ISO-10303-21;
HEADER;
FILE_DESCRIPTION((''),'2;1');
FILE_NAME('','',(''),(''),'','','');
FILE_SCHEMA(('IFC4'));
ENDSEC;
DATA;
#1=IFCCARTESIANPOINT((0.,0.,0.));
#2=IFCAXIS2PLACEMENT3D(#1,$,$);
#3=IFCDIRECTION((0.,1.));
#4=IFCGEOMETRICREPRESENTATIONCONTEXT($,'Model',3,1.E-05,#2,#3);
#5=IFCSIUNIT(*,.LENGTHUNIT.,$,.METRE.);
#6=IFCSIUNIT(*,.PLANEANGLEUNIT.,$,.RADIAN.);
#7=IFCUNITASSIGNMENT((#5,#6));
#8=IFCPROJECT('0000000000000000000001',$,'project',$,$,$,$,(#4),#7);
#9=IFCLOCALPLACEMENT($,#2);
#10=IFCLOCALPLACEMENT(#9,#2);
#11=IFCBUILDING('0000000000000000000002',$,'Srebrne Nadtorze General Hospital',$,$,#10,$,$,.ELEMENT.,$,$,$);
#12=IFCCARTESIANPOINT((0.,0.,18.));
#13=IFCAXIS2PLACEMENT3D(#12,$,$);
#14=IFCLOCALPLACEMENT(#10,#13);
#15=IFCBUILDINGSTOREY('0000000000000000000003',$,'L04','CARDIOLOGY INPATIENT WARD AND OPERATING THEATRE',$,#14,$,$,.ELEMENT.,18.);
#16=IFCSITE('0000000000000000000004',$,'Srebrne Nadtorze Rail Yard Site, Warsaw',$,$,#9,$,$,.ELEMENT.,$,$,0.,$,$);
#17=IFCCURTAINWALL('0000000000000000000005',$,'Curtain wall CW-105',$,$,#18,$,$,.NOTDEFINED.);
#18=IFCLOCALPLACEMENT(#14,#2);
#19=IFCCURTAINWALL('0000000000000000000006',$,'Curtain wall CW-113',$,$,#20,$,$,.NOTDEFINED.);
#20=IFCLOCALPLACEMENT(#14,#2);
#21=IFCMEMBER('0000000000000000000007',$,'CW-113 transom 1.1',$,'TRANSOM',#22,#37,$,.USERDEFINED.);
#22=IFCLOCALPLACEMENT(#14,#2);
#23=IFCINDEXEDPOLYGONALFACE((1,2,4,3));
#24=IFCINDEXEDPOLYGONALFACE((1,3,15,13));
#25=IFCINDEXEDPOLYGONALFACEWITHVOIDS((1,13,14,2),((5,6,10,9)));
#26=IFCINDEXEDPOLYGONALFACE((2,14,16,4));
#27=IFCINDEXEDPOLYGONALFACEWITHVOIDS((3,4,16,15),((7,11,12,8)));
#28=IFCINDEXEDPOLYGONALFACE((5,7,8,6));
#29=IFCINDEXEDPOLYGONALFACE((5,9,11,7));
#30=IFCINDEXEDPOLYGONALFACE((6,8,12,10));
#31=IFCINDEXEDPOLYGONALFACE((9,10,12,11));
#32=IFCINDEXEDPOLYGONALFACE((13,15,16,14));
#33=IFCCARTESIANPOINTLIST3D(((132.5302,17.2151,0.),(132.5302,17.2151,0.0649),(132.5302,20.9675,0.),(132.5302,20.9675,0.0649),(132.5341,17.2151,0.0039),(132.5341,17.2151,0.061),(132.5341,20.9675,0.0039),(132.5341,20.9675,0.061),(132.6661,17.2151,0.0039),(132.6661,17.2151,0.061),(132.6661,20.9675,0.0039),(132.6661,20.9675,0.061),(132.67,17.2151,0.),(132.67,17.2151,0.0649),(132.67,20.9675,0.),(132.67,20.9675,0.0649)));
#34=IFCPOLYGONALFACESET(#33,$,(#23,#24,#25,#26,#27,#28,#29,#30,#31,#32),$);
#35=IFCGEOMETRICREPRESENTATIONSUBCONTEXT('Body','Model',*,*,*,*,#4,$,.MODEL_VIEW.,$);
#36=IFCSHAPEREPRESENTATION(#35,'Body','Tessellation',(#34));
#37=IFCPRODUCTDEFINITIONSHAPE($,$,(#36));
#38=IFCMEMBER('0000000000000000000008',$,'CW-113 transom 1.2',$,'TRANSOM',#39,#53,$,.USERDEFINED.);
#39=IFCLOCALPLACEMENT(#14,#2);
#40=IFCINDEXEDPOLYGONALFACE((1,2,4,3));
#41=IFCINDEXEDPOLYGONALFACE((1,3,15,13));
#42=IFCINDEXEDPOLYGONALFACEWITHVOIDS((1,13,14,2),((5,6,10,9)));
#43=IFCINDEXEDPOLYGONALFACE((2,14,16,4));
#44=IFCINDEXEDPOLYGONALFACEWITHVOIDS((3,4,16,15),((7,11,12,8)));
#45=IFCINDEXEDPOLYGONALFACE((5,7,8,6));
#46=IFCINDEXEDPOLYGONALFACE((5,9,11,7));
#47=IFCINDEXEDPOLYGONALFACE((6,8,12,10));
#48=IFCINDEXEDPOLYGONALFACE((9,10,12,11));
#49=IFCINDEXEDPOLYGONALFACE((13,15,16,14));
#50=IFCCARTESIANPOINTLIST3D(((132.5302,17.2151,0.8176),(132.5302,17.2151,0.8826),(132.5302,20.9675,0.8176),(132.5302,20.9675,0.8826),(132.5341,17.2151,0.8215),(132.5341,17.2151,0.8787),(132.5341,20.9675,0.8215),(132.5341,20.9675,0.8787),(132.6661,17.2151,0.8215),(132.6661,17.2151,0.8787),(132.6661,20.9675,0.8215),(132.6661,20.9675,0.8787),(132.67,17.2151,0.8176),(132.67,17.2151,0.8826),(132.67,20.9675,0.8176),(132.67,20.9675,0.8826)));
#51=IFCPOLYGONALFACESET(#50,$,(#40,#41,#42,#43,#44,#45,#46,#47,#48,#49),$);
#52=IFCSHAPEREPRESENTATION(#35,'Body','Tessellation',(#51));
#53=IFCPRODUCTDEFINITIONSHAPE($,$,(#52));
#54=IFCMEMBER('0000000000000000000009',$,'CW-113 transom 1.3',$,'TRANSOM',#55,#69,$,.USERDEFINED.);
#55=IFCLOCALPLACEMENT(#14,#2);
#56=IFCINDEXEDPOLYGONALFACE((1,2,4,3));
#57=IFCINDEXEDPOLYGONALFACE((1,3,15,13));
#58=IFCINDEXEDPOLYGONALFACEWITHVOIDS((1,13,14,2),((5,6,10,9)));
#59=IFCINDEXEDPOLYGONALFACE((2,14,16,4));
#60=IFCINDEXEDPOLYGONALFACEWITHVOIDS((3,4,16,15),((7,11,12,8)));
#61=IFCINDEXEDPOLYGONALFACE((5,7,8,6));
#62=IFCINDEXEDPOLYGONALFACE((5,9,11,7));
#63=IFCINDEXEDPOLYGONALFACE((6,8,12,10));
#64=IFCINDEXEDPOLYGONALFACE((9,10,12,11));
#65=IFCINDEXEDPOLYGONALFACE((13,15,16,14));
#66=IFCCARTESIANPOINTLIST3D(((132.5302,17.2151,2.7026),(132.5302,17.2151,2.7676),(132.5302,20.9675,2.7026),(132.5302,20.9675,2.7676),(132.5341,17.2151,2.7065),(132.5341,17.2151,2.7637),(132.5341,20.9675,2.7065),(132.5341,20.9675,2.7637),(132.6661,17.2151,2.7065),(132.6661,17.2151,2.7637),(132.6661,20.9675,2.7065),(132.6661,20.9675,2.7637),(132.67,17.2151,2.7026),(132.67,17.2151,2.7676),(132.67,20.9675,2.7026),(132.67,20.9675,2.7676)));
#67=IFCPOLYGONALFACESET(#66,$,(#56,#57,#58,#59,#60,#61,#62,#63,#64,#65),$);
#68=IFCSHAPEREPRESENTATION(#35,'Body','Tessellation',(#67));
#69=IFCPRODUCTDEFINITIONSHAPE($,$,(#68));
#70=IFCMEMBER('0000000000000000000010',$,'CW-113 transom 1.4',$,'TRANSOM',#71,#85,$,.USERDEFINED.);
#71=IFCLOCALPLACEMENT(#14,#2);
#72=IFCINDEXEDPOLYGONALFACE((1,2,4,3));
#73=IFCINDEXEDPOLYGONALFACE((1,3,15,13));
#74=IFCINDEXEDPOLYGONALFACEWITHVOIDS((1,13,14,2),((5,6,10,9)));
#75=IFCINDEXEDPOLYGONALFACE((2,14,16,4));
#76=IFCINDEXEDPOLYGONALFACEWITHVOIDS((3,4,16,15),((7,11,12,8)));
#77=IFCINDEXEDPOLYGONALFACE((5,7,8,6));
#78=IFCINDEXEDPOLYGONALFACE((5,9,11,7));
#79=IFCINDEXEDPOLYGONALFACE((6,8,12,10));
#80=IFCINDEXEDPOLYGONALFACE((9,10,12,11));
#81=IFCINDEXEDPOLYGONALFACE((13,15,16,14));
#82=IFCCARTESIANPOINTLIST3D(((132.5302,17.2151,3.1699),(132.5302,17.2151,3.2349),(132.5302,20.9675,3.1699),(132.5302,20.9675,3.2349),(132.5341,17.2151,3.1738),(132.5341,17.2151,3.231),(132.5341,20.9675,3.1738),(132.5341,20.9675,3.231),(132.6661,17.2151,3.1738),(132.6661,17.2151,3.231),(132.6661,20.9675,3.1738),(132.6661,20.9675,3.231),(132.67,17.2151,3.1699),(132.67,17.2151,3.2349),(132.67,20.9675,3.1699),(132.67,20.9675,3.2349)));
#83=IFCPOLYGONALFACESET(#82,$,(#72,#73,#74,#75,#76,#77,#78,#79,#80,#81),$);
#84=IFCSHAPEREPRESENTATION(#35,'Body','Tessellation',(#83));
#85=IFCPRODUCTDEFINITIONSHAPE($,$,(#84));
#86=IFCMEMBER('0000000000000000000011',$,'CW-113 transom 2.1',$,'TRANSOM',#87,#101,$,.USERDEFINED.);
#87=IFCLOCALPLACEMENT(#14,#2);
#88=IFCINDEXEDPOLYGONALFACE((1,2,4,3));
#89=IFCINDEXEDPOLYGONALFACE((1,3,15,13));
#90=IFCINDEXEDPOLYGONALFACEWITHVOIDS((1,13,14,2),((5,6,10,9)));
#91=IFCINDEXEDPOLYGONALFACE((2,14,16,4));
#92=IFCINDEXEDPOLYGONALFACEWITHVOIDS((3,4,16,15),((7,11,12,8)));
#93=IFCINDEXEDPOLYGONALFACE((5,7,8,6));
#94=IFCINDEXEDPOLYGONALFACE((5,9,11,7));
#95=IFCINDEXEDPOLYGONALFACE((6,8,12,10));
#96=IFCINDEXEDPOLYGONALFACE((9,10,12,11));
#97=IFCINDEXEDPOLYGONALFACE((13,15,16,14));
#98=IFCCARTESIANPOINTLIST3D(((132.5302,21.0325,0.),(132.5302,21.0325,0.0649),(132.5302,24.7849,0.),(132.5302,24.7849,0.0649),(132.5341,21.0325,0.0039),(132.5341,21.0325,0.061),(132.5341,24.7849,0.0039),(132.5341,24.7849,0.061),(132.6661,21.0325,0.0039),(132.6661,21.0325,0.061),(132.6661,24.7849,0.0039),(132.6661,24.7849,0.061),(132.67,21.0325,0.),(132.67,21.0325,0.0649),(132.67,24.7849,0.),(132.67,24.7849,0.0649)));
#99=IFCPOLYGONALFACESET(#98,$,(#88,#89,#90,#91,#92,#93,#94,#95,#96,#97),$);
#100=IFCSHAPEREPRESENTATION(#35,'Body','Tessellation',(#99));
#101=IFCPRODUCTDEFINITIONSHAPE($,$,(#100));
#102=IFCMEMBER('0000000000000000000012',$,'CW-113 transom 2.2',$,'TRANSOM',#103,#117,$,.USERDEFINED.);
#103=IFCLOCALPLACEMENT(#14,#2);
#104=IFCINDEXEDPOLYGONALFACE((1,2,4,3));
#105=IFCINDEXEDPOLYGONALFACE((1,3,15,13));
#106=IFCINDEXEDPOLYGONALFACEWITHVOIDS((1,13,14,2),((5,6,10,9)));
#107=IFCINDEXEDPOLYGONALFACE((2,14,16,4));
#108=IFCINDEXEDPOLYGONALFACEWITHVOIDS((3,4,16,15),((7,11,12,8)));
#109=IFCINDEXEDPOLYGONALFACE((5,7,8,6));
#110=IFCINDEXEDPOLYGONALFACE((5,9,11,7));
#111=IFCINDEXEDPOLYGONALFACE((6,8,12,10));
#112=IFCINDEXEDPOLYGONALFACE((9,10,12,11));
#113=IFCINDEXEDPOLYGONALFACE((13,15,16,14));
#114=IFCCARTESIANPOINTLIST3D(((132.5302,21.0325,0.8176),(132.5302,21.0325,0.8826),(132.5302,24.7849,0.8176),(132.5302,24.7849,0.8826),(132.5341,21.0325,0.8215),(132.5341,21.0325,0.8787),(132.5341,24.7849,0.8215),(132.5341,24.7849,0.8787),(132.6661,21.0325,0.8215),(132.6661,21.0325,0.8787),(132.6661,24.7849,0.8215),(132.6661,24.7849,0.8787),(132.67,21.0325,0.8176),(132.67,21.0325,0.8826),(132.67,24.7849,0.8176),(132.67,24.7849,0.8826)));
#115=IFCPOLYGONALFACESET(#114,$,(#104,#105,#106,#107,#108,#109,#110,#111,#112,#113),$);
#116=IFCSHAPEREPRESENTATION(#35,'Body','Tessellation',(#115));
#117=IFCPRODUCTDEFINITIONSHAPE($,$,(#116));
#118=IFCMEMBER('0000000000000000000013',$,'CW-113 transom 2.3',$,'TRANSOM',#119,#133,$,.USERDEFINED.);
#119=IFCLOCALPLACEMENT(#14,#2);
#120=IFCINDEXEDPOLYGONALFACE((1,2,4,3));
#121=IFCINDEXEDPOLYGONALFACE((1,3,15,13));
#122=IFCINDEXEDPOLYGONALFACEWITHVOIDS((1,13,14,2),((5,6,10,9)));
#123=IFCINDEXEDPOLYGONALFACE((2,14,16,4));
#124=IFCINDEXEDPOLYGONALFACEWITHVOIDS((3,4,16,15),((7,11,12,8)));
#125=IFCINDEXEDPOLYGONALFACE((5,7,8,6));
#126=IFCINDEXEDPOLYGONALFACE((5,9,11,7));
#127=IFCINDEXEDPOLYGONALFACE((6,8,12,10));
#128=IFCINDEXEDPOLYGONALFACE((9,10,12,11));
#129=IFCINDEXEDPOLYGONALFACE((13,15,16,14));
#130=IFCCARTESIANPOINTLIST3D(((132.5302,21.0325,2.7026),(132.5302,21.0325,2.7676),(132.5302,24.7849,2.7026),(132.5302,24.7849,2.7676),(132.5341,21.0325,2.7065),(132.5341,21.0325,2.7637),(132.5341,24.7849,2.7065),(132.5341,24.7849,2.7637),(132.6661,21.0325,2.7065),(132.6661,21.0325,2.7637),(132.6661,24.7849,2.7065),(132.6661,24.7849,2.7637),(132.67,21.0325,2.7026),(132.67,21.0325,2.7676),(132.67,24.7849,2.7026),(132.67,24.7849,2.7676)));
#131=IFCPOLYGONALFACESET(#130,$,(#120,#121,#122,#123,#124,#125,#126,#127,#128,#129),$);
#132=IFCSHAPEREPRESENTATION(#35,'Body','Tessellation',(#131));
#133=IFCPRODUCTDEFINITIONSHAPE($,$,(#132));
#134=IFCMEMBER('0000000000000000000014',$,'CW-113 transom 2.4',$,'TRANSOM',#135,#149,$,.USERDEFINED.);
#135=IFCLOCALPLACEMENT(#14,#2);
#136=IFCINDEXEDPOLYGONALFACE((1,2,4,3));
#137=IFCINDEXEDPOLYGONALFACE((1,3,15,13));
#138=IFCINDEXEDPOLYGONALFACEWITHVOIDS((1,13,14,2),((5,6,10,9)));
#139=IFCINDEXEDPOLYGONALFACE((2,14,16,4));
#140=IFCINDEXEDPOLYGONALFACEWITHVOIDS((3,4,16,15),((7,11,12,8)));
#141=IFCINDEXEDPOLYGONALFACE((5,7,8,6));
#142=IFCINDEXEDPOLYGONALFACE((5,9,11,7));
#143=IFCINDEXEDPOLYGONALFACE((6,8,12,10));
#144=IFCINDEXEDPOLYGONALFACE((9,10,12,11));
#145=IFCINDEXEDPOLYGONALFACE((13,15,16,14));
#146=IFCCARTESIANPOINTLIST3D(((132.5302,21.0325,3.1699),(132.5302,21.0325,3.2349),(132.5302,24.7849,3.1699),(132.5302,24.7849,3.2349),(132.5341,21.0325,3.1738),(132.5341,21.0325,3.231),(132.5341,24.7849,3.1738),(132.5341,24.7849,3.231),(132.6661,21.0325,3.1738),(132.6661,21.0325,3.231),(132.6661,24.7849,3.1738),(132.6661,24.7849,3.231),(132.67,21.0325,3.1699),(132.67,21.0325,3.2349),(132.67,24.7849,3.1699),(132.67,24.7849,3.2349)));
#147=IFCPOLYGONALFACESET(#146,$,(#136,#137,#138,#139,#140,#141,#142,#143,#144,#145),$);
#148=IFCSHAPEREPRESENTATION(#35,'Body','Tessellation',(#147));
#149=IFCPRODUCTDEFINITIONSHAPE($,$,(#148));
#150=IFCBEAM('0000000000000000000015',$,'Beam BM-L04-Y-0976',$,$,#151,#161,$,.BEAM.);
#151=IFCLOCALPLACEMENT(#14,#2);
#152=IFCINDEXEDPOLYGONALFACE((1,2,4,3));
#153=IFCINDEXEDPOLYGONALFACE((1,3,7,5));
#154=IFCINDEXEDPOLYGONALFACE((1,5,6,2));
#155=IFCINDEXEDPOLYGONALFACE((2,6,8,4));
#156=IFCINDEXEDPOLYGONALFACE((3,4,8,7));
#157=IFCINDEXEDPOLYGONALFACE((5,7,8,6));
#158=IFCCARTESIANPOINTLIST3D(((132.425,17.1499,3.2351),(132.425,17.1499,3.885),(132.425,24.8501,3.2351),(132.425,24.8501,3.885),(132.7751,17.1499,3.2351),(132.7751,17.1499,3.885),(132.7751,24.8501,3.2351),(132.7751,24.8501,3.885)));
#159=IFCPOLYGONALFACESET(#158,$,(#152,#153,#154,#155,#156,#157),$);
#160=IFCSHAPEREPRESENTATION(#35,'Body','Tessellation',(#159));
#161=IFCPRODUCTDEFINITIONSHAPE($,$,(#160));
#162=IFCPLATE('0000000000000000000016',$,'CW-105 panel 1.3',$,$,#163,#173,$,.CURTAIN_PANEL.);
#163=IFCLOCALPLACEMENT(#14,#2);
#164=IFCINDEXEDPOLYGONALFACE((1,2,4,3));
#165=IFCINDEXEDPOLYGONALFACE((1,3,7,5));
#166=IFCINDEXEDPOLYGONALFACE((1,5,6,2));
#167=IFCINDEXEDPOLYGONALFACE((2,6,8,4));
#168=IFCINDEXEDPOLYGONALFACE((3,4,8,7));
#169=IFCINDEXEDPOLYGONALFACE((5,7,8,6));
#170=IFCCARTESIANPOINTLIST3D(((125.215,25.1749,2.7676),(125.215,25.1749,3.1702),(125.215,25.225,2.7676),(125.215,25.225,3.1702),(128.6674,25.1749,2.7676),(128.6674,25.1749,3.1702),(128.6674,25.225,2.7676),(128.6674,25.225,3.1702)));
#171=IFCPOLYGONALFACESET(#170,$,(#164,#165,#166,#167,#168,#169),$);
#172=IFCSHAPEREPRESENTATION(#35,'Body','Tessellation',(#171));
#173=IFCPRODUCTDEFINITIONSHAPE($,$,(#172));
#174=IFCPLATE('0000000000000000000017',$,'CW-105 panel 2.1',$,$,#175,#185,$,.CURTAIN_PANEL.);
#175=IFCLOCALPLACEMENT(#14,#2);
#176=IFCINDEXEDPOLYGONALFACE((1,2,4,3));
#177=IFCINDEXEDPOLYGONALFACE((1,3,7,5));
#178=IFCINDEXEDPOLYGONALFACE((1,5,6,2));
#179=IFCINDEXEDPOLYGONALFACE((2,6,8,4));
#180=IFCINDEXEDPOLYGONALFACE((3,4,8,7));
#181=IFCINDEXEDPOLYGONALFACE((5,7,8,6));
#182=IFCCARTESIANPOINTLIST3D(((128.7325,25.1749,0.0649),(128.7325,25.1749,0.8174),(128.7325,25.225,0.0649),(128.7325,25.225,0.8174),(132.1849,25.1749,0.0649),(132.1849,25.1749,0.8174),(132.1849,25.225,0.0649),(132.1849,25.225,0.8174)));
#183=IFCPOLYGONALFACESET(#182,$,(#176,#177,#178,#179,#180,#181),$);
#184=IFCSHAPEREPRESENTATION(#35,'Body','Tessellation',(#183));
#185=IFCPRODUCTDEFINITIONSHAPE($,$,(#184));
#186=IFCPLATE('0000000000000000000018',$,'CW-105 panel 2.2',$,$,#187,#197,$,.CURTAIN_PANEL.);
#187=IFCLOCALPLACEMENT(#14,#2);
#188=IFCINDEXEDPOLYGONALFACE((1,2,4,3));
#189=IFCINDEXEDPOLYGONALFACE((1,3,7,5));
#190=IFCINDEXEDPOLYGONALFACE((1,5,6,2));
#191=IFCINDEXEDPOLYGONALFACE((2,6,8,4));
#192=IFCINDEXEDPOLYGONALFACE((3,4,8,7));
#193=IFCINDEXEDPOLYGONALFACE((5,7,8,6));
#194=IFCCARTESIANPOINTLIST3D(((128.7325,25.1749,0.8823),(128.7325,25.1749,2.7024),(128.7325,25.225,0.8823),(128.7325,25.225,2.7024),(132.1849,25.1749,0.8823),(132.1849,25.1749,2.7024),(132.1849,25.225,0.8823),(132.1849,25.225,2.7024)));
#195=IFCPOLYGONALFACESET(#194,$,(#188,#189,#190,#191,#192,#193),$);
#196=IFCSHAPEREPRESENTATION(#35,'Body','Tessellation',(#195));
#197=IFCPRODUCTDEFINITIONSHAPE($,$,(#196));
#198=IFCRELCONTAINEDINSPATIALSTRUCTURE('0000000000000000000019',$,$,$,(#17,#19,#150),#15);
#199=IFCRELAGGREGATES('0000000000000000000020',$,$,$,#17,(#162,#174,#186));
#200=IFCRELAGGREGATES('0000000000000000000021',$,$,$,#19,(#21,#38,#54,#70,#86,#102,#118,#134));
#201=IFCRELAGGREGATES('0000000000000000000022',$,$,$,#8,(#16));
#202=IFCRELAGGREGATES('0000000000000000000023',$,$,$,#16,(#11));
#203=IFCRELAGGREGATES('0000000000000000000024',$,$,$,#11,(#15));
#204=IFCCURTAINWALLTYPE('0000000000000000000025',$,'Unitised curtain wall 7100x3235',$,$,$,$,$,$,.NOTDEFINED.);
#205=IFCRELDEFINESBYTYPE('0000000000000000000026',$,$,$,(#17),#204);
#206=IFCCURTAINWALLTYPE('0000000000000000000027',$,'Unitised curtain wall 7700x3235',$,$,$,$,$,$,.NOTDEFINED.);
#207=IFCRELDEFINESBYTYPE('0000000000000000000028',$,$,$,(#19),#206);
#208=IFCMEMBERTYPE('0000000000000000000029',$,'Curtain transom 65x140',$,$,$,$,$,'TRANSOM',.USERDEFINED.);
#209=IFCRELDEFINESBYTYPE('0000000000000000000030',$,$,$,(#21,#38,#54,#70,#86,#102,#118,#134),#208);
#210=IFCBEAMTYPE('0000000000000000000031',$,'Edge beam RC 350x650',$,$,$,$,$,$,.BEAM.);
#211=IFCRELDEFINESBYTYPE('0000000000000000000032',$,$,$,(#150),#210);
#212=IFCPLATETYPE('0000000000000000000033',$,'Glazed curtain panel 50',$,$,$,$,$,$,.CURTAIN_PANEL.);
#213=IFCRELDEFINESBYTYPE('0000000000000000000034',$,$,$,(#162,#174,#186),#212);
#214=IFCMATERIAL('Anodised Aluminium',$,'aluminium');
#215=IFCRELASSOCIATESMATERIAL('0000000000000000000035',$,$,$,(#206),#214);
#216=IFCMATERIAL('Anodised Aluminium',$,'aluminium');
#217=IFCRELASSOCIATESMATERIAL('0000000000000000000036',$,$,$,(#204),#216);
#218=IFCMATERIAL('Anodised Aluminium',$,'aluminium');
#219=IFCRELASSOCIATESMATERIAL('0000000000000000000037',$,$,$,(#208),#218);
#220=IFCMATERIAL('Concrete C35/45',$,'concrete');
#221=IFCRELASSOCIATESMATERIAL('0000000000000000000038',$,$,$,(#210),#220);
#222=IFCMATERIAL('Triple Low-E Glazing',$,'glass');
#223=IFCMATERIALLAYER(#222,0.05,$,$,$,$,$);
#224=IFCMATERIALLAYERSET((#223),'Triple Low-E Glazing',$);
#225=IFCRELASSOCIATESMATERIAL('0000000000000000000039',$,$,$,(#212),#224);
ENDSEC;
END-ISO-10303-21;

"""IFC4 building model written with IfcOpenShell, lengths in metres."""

from ifc_helpers import new_model, si_unit, direction, frame, origin, origin_2d, place, context, subcontext, project, spatial, rectangle, hollow_rectangle, extrude, material, layer, layer_set, material_profile, profile_set, type_object, element, aggregate, save


model = new_model("IFC4")

# Units and contexts
model_context = context("Model", 3, precision=1e-05, world=origin(), true_north=direction((0.0, 1.0)))
body_context = subcontext(model_context, "Body", "Model", "MODEL_VIEW")
ifc_project = project(units=[si_unit("LENGTHUNIT", "METRE"), si_unit("PLANEANGLEUNIT", "RADIAN")], contexts=[model_context])

# Site, building, storey
site_placement = place(None, origin())
site = spatial("IfcSite", under=ifc_project, at=site_placement, Name="Srebrne Nadtorze Rail Yard Site, Warsaw", CompositionType="ELEMENT", RefElevation=0.0)
building_placement = place(site_placement, origin())
building = spatial("IfcBuilding", under=site, at=building_placement, Name="Srebrne Nadtorze General Hospital", CompositionType="ELEMENT")
storey_placement = place(building_placement, frame((0.0, 0.0, 18.0)))
storey = spatial("IfcBuildingStorey", under=building, at=storey_placement, Name="L04", Description="CARDIOLOGY INPATIENT WARD AND OPERATING THEATRE", CompositionType="ELEMENT", Elevation=18.0)

# Shared definitions
ifc_material_1 = material(Name="Anodised Aluminium", Category="aluminium")
curtain_wall_type_1 = type_object("IfcCurtainWallType", Name="Unitised curtain wall 7700x3235", PredefinedType="NOTDEFINED", material=ifc_material_1)

# Curtain walls
ifc_material_2 = material(Name="Anodised Aluminium", Category="aluminium")
curtain_wall_type_2 = type_object("IfcCurtainWallType", Name="Unitised curtain wall 7100x3235", PredefinedType="NOTDEFINED", material=ifc_material_2)
curtain_wall_1_placement = place(storey_placement, origin())
curtain_wall_1 = element("IfcCurtainWall", 1, at=curtain_wall_1_placement, inside=storey, type_object=curtain_wall_type_2, Name="Curtain wall CW-105", PredefinedType="NOTDEFINED")
curtain_wall_2_placement = place(storey_placement, origin())
curtain_wall_2 = element("IfcCurtainWall", 2, at=curtain_wall_2_placement, inside=storey, type_object=curtain_wall_type_1, Name="Curtain wall CW-113", PredefinedType="NOTDEFINED")

# Members
ifc_material_3 = material(Name="Anodised Aluminium", Category="aluminium")
ifc_material_profile_1 = material_profile(ifc_material_3, hollow_rectangle(XDim=0.0649, YDim=0.1399, WallThickness=0.0039, at=origin_2d()), Name="AL-TRN-65x140")
ifc_profile_set_1 = profile_set([ifc_material_profile_1], Name="Anodised Aluminium")
member_type_1 = type_object("IfcMemberType", Name="Curtain transom 65x140", ElementType="TRANSOM", PredefinedType="USERDEFINED", material=ifc_profile_set_1)
member_1_placement = place(storey_placement, frame((132.6001, 17.2151, 0.0325), z_axis=(0.0, 1.0, 0.0), x_axis=(0.0, 0.0, 1.0)))
member_1 = element("IfcMember", 3, at=member_1_placement, type_object=member_type_1, Name="CW-113 transom 1.1", ObjectType="TRANSOM", PredefinedType="USERDEFINED", context=body_context, shape_type="SweptSolid", body=[
    extrude(hollow_rectangle(XDim=0.0649, YDim=0.1399, WallThickness=0.0039, at=origin_2d()), origin(), (0.0, 0.0, 1.0), 3.7524),
])
member_2_placement = place(storey_placement, frame((132.6001, 17.2151, 0.8501), z_axis=(0.0, 1.0, 0.0), x_axis=(0.0, 0.0, 1.0)))
member_2 = element("IfcMember", 4, at=member_2_placement, type_object=member_type_1, Name="CW-113 transom 1.2", ObjectType="TRANSOM", PredefinedType="USERDEFINED", context=body_context, shape_type="SweptSolid", body=[
    extrude(hollow_rectangle(XDim=0.0649, YDim=0.1399, WallThickness=0.0039, at=origin_2d()), origin(), (0.0, 0.0, 1.0), 3.7524),
])
member_3_placement = place(storey_placement, frame((132.6001, 17.2151, 2.7351), z_axis=(0.0, 1.0, 0.0), x_axis=(0.0, 0.0, 1.0)))
member_3 = element("IfcMember", 5, at=member_3_placement, type_object=member_type_1, Name="CW-113 transom 1.3", ObjectType="TRANSOM", PredefinedType="USERDEFINED", context=body_context, shape_type="SweptSolid", body=[
    extrude(hollow_rectangle(XDim=0.0649, YDim=0.1399, WallThickness=0.0039, at=origin_2d()), origin(), (0.0, 0.0, 1.0), 3.7524),
])
member_4_placement = place(storey_placement, frame((132.6001, 17.2151, 3.2024), z_axis=(0.0, 1.0, 0.0), x_axis=(0.0, 0.0, 1.0)))
member_4 = element("IfcMember", 6, at=member_4_placement, type_object=member_type_1, Name="CW-113 transom 1.4", ObjectType="TRANSOM", PredefinedType="USERDEFINED", context=body_context, shape_type="SweptSolid", body=[
    extrude(hollow_rectangle(XDim=0.0649, YDim=0.1399, WallThickness=0.0039, at=origin_2d()), origin(), (0.0, 0.0, 1.0), 3.7524),
])
member_5_placement = place(storey_placement, frame((132.6001, 21.0325, 0.0325), z_axis=(0.0, 1.0, 0.0), x_axis=(0.0, 0.0, 1.0)))
member_5 = element("IfcMember", 7, at=member_5_placement, type_object=member_type_1, Name="CW-113 transom 2.1", ObjectType="TRANSOM", PredefinedType="USERDEFINED", context=body_context, shape_type="SweptSolid", body=[
    extrude(hollow_rectangle(XDim=0.0649, YDim=0.1399, WallThickness=0.0039, at=origin_2d()), origin(), (0.0, 0.0, 1.0), 3.7524),
])
member_6_placement = place(storey_placement, frame((132.6001, 21.0325, 0.8501), z_axis=(0.0, 1.0, 0.0), x_axis=(0.0, 0.0, 1.0)))
member_6 = element("IfcMember", 8, at=member_6_placement, type_object=member_type_1, Name="CW-113 transom 2.2", ObjectType="TRANSOM", PredefinedType="USERDEFINED", context=body_context, shape_type="SweptSolid", body=[
    extrude(hollow_rectangle(XDim=0.0649, YDim=0.1399, WallThickness=0.0039, at=origin_2d()), origin(), (0.0, 0.0, 1.0), 3.7524),
])
member_7_placement = place(storey_placement, frame((132.6001, 21.0325, 2.7351), z_axis=(0.0, 1.0, 0.0), x_axis=(0.0, 0.0, 1.0)))
member_7 = element("IfcMember", 9, at=member_7_placement, type_object=member_type_1, Name="CW-113 transom 2.3", ObjectType="TRANSOM", PredefinedType="USERDEFINED", context=body_context, shape_type="SweptSolid", body=[
    extrude(hollow_rectangle(XDim=0.0649, YDim=0.1399, WallThickness=0.0039, at=origin_2d()), origin(), (0.0, 0.0, 1.0), 3.7524),
])
member_8_placement = place(storey_placement, frame((132.6001, 21.0325, 3.2024), z_axis=(0.0, 1.0, 0.0), x_axis=(0.0, 0.0, 1.0)))
member_8 = element("IfcMember", 10, at=member_8_placement, type_object=member_type_1, Name="CW-113 transom 2.4", ObjectType="TRANSOM", PredefinedType="USERDEFINED", context=body_context, shape_type="SweptSolid", body=[
    extrude(hollow_rectangle(XDim=0.0649, YDim=0.1399, WallThickness=0.0039, at=origin_2d()), origin(), (0.0, 0.0, 1.0), 3.7524),
])

# Beam
ifc_material_4 = material(Name="Concrete C35/45", Category="concrete")
ifc_material_profile_2 = material_profile(ifc_material_4, rectangle(XDim=0.3501, YDim=0.6499, at=origin_2d()), Name="RC-BM-350x650")
ifc_profile_set_2 = profile_set([ifc_material_profile_2], Name="Concrete C35/45")
beam_type = type_object("IfcBeamType", Name="Edge beam RC 350x650", PredefinedType="BEAM", material=ifc_profile_set_2)
beam_placement = place(storey_placement, frame((132.6001, 17.1499, 3.5601), z_axis=(0.0, 1.0, 0.0), x_axis=(-1.0, 0.0, 0.0)))
element("IfcBeam", 11, at=beam_placement, inside=storey, type_object=beam_type, Name="Beam BM-L04-Y-0976", PredefinedType="BEAM", context=body_context, shape_type="SweptSolid", body=[
    extrude(rectangle(XDim=0.3501, YDim=0.6499, at=origin_2d()), origin(), (0.0, 0.0, 1.0), 7.7002),
])

# Plates
ifc_material_5 = material(Name="Triple Low-E Glazing", Category="glass")
ifc_layer_1 = layer(ifc_material_5, 0.05)
ifc_layer_set_1 = layer_set([ifc_layer_1], Name="Triple Low-E Glazing")
plate_type = type_object("IfcPlateType", Name="Glazed curtain panel 50", PredefinedType="CURTAIN_PANEL", material=ifc_layer_set_1)
plate_1_placement = place(storey_placement, frame((126.9412, 25.2, 2.7676), z_axis=(0.0, 0.0, 1.0), x_axis=(1.0, 0.0, 0.0)))
plate_1 = element("IfcPlate", 12, at=plate_1_placement, type_object=plate_type, Name="CW-105 panel 1.3", PredefinedType="CURTAIN_PANEL", context=body_context, shape_type="SweptSolid", body=[
    extrude(rectangle(XDim=3.4524, YDim=0.05, at=origin_2d()), origin(), (0.0, 0.0, 1.0), 0.4026),
])
plate_2_placement = place(storey_placement, frame((130.4587, 25.2, 0.0649), z_axis=(0.0, 0.0, 1.0), x_axis=(1.0, 0.0, 0.0)))
plate_2 = element("IfcPlate", 13, at=plate_2_placement, type_object=plate_type, Name="CW-105 panel 2.1", PredefinedType="CURTAIN_PANEL", context=body_context, shape_type="SweptSolid", body=[
    extrude(rectangle(XDim=3.4524, YDim=0.05, at=origin_2d()), origin(), (0.0, 0.0, 1.0), 0.7524),
])
plate_3_placement = place(storey_placement, frame((130.4587, 25.2, 0.8823), z_axis=(0.0, 0.0, 1.0), x_axis=(1.0, 0.0, 0.0)))
plate_3 = element("IfcPlate", 14, at=plate_3_placement, type_object=plate_type, Name="CW-105 panel 2.2", PredefinedType="CURTAIN_PANEL", context=body_context, shape_type="SweptSolid", body=[
    extrude(rectangle(XDim=3.4524, YDim=0.05, at=origin_2d()), origin(), (0.0, 0.0, 1.0), 1.8201),
])
aggregate(curtain_wall_1, [plate_1, plate_2, plate_3])
aggregate(curtain_wall_2, [member_1, member_2, member_3, member_4, member_5, member_6, member_7, member_8])

save(model, "model.ifc")
